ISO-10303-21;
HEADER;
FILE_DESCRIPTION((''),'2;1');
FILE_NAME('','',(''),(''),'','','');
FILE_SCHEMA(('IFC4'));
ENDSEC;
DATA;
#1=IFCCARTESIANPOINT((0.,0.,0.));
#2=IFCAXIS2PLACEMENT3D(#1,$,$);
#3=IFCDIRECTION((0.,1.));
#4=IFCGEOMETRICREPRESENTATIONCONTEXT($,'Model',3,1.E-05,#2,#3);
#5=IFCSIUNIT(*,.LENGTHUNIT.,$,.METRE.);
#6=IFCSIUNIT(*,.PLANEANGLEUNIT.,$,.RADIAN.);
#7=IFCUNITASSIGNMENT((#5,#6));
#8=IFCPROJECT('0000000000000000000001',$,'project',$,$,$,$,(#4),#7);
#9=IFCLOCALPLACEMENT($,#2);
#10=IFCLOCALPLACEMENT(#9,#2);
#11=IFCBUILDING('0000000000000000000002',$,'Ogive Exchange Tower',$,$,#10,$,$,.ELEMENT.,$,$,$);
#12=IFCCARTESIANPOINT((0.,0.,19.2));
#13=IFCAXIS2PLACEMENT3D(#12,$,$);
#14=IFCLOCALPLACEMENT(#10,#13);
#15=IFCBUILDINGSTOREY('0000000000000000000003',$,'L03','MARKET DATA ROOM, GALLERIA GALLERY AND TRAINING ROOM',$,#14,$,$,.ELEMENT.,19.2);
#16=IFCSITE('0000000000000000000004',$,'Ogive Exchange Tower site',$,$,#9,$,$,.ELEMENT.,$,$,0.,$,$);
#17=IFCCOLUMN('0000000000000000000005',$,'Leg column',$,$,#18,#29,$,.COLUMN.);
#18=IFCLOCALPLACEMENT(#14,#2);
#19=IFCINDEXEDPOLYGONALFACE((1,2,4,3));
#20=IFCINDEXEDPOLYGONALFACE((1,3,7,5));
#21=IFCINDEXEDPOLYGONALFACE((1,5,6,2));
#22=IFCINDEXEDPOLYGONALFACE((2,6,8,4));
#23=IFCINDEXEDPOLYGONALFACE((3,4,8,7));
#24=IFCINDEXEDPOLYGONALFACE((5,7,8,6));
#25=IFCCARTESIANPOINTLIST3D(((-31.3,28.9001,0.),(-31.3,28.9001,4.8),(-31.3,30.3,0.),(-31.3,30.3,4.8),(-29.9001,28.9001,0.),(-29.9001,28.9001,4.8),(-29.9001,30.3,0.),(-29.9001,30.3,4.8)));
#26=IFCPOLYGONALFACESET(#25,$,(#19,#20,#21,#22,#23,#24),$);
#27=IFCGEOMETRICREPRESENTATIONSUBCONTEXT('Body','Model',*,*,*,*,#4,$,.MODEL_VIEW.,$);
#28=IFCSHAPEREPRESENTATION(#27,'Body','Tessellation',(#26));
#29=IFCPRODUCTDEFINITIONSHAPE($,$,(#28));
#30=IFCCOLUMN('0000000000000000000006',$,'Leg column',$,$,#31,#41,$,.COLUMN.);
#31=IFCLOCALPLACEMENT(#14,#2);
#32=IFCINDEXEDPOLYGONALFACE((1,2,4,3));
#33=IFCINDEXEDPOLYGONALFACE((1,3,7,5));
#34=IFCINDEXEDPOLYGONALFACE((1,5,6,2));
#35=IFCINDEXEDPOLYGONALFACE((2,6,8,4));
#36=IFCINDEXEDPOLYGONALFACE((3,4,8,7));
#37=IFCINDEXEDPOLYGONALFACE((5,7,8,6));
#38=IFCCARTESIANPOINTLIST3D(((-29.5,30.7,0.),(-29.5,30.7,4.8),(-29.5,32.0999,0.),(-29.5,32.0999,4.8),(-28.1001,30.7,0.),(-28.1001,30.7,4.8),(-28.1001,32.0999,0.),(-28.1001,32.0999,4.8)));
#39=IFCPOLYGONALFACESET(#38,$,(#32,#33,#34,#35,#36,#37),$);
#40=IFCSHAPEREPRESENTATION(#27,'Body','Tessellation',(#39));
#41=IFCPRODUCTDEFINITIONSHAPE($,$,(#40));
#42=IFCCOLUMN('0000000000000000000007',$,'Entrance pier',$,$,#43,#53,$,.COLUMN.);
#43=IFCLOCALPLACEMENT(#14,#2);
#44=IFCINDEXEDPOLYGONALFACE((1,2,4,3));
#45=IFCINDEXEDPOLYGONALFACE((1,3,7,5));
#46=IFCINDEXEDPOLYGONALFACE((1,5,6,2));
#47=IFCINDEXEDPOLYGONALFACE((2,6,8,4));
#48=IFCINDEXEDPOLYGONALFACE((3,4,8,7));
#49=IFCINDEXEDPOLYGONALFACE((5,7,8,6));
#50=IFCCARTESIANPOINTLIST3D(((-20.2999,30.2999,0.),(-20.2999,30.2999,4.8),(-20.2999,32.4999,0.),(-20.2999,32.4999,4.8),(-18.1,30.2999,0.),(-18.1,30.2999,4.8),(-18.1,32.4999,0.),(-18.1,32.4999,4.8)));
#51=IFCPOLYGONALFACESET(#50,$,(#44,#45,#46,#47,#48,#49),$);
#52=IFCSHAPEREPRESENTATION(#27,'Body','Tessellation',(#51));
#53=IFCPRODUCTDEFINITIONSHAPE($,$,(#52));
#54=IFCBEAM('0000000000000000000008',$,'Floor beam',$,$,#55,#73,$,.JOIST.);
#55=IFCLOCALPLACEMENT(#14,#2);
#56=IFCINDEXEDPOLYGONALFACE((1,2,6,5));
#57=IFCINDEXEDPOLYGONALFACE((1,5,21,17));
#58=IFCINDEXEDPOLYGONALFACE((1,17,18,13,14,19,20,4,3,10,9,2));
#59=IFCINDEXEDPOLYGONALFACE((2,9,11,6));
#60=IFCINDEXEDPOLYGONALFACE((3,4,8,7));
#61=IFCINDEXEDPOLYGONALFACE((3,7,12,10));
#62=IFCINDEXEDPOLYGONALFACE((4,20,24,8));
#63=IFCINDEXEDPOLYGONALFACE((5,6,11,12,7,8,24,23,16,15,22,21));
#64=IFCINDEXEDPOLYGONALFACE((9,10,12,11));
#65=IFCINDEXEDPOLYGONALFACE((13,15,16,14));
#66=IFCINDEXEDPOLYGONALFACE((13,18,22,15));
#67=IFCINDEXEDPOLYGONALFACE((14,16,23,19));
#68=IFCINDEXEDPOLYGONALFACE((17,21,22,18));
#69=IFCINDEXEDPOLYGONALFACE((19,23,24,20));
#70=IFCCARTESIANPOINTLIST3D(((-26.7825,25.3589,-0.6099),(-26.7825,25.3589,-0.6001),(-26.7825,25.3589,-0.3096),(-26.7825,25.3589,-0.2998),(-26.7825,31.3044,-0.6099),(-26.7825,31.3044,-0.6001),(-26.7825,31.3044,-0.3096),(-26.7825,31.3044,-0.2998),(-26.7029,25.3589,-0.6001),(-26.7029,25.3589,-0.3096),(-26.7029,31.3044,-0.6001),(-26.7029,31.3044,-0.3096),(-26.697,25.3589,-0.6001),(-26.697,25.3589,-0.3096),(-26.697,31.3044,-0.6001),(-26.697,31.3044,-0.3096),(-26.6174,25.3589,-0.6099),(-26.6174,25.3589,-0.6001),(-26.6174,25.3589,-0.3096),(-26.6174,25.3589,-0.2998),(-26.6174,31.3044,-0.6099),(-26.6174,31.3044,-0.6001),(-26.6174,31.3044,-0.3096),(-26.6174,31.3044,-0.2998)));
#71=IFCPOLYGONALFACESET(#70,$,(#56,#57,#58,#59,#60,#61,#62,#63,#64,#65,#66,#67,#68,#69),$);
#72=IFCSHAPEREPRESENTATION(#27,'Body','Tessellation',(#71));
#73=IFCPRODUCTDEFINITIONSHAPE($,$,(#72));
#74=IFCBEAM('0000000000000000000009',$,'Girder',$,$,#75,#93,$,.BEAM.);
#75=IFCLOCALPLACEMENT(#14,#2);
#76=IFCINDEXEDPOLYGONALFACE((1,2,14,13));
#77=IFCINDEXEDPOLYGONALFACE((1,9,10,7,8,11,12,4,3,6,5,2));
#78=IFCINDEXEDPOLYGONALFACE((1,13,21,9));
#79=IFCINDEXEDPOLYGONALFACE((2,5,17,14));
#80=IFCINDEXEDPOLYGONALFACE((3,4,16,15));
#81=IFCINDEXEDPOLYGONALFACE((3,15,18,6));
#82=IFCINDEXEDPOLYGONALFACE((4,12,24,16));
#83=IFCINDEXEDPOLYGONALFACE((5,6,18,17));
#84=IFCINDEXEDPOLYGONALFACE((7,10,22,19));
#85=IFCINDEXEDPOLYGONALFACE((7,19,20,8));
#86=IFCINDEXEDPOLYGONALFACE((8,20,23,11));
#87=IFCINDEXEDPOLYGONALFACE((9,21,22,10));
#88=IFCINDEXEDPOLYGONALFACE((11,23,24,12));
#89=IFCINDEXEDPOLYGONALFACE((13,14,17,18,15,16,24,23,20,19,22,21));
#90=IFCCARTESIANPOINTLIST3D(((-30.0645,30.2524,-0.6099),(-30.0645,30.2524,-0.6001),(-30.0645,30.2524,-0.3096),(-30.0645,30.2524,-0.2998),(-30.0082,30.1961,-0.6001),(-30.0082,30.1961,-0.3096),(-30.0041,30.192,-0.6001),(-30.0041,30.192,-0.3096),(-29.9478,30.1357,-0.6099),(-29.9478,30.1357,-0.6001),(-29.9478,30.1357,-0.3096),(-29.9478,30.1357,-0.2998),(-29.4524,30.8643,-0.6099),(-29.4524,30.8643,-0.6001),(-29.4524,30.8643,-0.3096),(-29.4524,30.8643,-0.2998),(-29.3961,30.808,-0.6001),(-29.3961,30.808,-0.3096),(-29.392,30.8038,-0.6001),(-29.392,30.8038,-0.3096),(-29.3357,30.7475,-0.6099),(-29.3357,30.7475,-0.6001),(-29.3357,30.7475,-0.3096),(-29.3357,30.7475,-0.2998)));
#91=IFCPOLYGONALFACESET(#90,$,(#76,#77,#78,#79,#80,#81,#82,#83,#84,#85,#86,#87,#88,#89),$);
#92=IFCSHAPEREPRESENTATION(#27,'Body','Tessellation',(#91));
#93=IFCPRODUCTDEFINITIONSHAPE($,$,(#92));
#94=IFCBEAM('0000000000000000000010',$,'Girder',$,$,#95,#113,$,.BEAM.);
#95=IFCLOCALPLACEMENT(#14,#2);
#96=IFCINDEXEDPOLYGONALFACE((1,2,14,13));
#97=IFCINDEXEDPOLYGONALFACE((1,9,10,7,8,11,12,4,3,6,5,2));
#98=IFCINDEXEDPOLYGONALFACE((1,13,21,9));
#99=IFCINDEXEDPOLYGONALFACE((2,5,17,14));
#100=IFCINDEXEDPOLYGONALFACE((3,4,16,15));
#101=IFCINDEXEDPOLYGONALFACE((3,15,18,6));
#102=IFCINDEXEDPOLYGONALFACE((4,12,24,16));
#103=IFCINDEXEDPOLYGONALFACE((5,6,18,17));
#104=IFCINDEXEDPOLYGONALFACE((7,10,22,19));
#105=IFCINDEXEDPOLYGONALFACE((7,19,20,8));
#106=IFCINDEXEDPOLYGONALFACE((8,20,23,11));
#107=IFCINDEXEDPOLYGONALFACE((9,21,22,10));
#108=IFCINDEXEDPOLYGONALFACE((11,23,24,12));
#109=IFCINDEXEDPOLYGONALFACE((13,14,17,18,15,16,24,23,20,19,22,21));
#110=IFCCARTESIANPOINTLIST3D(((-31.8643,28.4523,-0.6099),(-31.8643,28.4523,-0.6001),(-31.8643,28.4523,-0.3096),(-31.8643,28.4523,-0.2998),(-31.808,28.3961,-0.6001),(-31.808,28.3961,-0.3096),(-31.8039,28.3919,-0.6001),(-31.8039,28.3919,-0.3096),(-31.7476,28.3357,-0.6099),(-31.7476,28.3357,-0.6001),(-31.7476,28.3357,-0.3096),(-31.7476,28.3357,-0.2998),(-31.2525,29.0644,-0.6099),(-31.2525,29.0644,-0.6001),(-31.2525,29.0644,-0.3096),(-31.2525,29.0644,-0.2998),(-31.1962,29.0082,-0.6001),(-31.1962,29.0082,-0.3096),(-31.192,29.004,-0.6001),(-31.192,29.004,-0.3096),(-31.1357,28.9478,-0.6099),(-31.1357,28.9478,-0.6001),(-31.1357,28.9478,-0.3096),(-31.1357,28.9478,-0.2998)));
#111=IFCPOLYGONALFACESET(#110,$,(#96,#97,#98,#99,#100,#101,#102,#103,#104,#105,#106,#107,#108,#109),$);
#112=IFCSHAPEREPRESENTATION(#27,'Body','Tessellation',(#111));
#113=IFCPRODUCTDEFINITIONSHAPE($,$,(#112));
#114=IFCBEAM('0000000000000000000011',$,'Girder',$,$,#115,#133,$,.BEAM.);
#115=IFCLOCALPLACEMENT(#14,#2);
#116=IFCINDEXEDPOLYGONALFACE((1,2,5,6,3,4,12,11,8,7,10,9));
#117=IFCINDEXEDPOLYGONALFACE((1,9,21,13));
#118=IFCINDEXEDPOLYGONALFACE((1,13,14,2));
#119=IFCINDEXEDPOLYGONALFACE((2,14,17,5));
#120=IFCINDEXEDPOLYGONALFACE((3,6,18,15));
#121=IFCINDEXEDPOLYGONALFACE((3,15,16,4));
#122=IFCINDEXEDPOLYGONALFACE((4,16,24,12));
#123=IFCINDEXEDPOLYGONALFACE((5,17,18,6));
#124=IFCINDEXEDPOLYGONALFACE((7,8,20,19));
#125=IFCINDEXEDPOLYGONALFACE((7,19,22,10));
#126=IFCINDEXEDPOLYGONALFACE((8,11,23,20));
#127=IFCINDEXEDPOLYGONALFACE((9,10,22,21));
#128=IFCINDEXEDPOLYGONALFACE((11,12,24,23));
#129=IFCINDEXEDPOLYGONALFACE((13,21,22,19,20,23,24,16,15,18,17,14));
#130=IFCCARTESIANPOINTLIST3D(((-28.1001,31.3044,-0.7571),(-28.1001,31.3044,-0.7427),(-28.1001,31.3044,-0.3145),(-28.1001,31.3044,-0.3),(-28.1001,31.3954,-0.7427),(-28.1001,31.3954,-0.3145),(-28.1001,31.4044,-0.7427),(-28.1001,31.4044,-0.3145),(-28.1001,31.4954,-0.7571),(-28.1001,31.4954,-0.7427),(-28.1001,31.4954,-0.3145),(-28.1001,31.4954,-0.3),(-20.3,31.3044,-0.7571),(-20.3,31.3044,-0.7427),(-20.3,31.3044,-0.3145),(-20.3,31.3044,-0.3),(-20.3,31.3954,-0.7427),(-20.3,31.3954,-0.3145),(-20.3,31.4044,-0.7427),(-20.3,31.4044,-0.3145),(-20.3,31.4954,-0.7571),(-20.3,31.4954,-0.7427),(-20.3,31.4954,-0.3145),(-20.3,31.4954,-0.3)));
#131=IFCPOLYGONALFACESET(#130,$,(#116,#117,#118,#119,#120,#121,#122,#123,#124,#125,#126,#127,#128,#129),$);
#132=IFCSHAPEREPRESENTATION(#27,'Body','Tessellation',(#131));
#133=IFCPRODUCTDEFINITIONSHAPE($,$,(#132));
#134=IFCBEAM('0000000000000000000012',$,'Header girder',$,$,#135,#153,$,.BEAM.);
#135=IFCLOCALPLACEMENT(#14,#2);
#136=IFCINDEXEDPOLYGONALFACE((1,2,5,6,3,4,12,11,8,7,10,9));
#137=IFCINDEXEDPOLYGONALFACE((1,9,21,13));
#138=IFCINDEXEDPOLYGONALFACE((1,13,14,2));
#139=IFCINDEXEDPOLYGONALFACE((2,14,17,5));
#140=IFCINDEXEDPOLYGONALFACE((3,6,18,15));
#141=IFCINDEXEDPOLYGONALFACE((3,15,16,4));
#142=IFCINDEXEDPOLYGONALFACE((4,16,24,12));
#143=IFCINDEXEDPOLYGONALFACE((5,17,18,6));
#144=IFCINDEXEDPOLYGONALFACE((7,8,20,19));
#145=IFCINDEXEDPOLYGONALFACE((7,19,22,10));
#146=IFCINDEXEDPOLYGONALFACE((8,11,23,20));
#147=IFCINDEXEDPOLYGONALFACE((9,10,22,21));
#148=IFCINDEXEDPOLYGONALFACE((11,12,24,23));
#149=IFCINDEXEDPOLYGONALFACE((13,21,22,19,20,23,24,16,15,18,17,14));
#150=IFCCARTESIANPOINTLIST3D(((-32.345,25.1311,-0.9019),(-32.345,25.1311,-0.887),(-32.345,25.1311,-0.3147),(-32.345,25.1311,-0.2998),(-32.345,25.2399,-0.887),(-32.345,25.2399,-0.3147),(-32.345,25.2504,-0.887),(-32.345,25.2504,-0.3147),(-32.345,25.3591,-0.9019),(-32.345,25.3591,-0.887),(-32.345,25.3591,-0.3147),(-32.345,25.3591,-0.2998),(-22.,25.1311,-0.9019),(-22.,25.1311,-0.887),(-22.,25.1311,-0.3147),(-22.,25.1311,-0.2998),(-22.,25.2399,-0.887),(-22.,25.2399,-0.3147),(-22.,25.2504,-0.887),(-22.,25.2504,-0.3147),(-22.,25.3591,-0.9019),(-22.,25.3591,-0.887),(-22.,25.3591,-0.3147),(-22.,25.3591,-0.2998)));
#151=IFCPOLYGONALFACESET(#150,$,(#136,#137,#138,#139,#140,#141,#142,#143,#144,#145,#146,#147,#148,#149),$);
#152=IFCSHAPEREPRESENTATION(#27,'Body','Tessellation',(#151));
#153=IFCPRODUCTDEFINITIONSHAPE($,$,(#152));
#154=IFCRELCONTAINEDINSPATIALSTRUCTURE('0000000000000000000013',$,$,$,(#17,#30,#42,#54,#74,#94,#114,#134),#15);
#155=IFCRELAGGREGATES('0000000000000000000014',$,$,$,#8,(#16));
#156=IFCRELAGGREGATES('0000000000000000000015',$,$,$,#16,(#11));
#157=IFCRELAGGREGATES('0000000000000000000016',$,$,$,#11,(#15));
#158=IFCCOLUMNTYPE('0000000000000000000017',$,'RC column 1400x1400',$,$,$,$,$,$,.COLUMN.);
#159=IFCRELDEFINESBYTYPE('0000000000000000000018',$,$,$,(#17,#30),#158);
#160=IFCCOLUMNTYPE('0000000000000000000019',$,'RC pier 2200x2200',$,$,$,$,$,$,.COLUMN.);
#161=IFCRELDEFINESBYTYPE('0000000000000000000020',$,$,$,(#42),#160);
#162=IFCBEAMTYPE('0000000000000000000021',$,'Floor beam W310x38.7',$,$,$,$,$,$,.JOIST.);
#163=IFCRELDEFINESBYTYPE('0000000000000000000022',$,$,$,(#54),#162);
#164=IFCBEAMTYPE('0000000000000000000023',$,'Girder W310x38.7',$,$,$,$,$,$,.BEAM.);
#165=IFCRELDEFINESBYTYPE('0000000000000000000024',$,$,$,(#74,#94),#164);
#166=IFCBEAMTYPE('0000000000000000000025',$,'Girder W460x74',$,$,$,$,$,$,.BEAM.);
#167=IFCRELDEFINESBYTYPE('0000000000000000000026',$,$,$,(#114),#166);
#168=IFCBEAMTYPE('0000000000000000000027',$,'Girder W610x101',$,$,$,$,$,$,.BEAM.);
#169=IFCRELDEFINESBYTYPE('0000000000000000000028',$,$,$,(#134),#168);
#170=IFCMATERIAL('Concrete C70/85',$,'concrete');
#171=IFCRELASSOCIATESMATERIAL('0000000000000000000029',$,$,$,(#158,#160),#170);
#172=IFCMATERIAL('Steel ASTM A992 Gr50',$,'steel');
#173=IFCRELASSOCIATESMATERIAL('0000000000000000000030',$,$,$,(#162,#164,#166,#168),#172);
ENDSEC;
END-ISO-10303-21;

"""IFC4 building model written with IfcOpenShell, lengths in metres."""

from ifc_helpers import new_model, si_unit, direction, frame, origin, origin_2d, place, context, subcontext, project, spatial, rectangle, i_section, extrude, material, material_profile, profile_set, type_object, element, save


model = new_model("IFC4")

# Units and contexts
model_context = context("Model", 3, precision=1e-05, world=origin(), true_north=direction((0.0, 1.0)))
body_context = subcontext(model_context, "Body", "Model", "MODEL_VIEW")
ifc_project = project(units=[si_unit("LENGTHUNIT", "METRE"), si_unit("PLANEANGLEUNIT", "RADIAN")], contexts=[model_context])

# Site, building, storey
site_placement = place(None, origin())
site = spatial("IfcSite", under=ifc_project, at=site_placement, Name="Ogive Exchange Tower site", CompositionType="ELEMENT", RefElevation=0.0)
building_placement = place(site_placement, origin())
building = spatial("IfcBuilding", under=site, at=building_placement, Name="Ogive Exchange Tower", CompositionType="ELEMENT")
storey_placement = place(building_placement, frame((0.0, 0.0, 19.2)))
storey = spatial("IfcBuildingStorey", under=building, at=storey_placement, Name="L03", Description="MARKET DATA ROOM, GALLERIA GALLERY AND TRAINING ROOM", CompositionType="ELEMENT", Elevation=19.2)

# Columns
ifc_material_1 = material(Name="Concrete C70/85", Category="concrete")
ifc_material_profile_1 = material_profile(ifc_material_1, rectangle(XDim=1.3999, YDim=1.3999, at=origin_2d()), Name="RC 1400x1400")
ifc_profile_set_1 = profile_set([ifc_material_profile_1], Name="Concrete C70/85")
column_type_1 = type_object("IfcColumnType", Name="RC column 1400x1400", PredefinedType="COLUMN", material=ifc_profile_set_1)
for number, where, z_axis, x_axis, name in (
    (1, (-30.6001, 29.6001, 0.0), (0.0, 0.0, 1.0), (1.0, 0.0, 0.0), "Leg column"),
    (2, (-28.8, 31.3999, 0.0), (0.0, 0.0, 1.0), (1.0, 0.0, 0.0), "Leg column"),
):
    element("IfcColumn", number, at=place(storey_placement, frame(where, z_axis=z_axis, x_axis=x_axis)), inside=storey, type_object=column_type_1, Name=name, PredefinedType="COLUMN", context=body_context, shape_type="SweptSolid", body=[
        extrude(rectangle(XDim=1.3999, YDim=1.3999, at=origin_2d()), origin(), (0.0, 0.0, 1.0), 4.8),
    ])
ifc_material_profile_2 = material_profile(ifc_material_1, rectangle(XDim=2.2, YDim=2.2, at=origin_2d()), Name="RC 2200x2200")
ifc_profile_set_2 = profile_set([ifc_material_profile_2], Name="Concrete C70/85")
column_type_2 = type_object("IfcColumnType", Name="RC pier 2200x2200", PredefinedType="COLUMN", material=ifc_profile_set_2)
column_placement = place(storey_placement, frame((-19.2, 31.3999, 0.0), z_axis=(0.0, 0.0, 1.0), x_axis=(1.0, 0.0, 0.0)))
element("IfcColumn", 3, at=column_placement, inside=storey, type_object=column_type_2, Name="Entrance pier", PredefinedType="COLUMN", context=body_context, shape_type="SweptSolid", body=[
    extrude(rectangle(XDim=2.2, YDim=2.2, at=origin_2d()), origin(), (0.0, 0.0, 1.0), 4.8),
])

# Beams
ifc_material_2 = material(Name="Steel ASTM A992 Gr50", Category="steel")
ifc_material_profile_3 = material_profile(ifc_material_2, i_section(OverallWidth=0.165, OverallDepth=0.3101, WebThickness=0.0059, FlangeThickness=0.0098, at=origin_2d()), Name="W310x38.7")
ifc_profile_set_3 = profile_set([ifc_material_profile_3], Name="Steel ASTM A992 Gr50")
beam_type_1 = type_object("IfcBeamType", Name="Floor beam W310x38.7", PredefinedType="JOIST", material=ifc_profile_set_3)
beam_1_placement = place(storey_placement, frame((-26.7, 25.3589, -0.4548), z_axis=(0.0, 1.0, 0.0), x_axis=(-1.0, 0.0, 0.0)))
element("IfcBeam", 4, at=beam_1_placement, inside=storey, type_object=beam_type_1, Name="Floor beam", PredefinedType="JOIST", context=body_context, shape_type="SweptSolid", body=[
    extrude(i_section(OverallWidth=0.165, OverallDepth=0.3101, WebThickness=0.0059, FlangeThickness=0.0098, at=origin_2d()), origin(), (0.0, 0.0, 1.0), 5.9456),
])
ifc_material_profile_4 = material_profile(ifc_material_2, i_section(OverallWidth=0.165, OverallDepth=0.3101, WebThickness=0.0059, FlangeThickness=0.0098, at=origin_2d()), Name="W310x38.7")
ifc_profile_set_4 = profile_set([ifc_material_profile_4], Name="Steel ASTM A992 Gr50")
beam_type_2 = type_object("IfcBeamType", Name="Girder W310x38.7", PredefinedType="BEAM", material=ifc_profile_set_4)
for number, where, z_axis, x_axis, name in (
    (5, (-29.394, 30.8059, -0.4548), (-0.707248, -0.706966, 0.0), (0.706966, -0.707248, 0.0), "Girder"),
    (6, (-31.1941, 29.0061, -0.4548), (-0.706966, -0.707248, 0.0), (0.707248, -0.706966, 0.0), "Girder"),
):
    element("IfcBeam", number, at=place(storey_placement, frame(where, z_axis=z_axis, x_axis=x_axis)), inside=storey, type_object=beam_type_2, Name=name, PredefinedType="BEAM", context=body_context, shape_type="SweptSolid", body=[
        extrude(i_section(OverallWidth=0.165, OverallDepth=0.3101, WebThickness=0.0059, FlangeThickness=0.0098, at=origin_2d()), origin(), (0.0, 0.0, 1.0), 0.8655),
    ])
ifc_material_profile_5 = material_profile(ifc_material_2, i_section(OverallWidth=0.1909, OverallDepth=0.457, WebThickness=0.009, FlangeThickness=0.0144, at=origin_2d()), Name="W460x74")
ifc_profile_set_5 = profile_set([ifc_material_profile_5], Name="Steel ASTM A992 Gr50")
beam_type_3 = type_object("IfcBeamType", Name="Girder W460x74", PredefinedType="BEAM", material=ifc_profile_set_5)
beam_2_placement = place(storey_placement, frame((-20.3, 31.3999, -0.5286), z_axis=(-1.0, 0.0, 0.0), x_axis=(0.0, -1.0, 0.0)))
element("IfcBeam", 7, at=beam_2_placement, inside=storey, type_object=beam_type_3, Name="Girder", PredefinedType="BEAM", context=body_context, shape_type="SweptSolid", body=[
    extrude(i_section(OverallWidth=0.1909, OverallDepth=0.457, WebThickness=0.009, FlangeThickness=0.0144, at=origin_2d()), origin(), (0.0, 0.0, 1.0), 7.8),
])
ifc_material_profile_6 = material_profile(ifc_material_2, i_section(OverallWidth=0.228, OverallDepth=0.6021, WebThickness=0.0105, FlangeThickness=0.0149, at=origin_2d()), Name="W610x101")
ifc_profile_set_6 = profile_set([ifc_material_profile_6], Name="Steel ASTM A992 Gr50")
beam_type_4 = type_object("IfcBeamType", Name="Girder W610x101", PredefinedType="BEAM", material=ifc_profile_set_6)
beam_3_placement = place(storey_placement, frame((-22.0, 25.2451, -0.6008), z_axis=(-1.0, 0.0, 0.0), x_axis=(0.0, -1.0, 0.0)))
element("IfcBeam", 8, at=beam_3_placement, inside=storey, type_object=beam_type_4, Name="Header girder", PredefinedType="BEAM", context=body_context, shape_type="SweptSolid", body=[
    extrude(i_section(OverallWidth=0.228, OverallDepth=0.6021, WebThickness=0.0105, FlangeThickness=0.0149, at=origin_2d()), origin(), (0.0, 0.0, 1.0), 10.345),
])

save(model, "model.ifc")
